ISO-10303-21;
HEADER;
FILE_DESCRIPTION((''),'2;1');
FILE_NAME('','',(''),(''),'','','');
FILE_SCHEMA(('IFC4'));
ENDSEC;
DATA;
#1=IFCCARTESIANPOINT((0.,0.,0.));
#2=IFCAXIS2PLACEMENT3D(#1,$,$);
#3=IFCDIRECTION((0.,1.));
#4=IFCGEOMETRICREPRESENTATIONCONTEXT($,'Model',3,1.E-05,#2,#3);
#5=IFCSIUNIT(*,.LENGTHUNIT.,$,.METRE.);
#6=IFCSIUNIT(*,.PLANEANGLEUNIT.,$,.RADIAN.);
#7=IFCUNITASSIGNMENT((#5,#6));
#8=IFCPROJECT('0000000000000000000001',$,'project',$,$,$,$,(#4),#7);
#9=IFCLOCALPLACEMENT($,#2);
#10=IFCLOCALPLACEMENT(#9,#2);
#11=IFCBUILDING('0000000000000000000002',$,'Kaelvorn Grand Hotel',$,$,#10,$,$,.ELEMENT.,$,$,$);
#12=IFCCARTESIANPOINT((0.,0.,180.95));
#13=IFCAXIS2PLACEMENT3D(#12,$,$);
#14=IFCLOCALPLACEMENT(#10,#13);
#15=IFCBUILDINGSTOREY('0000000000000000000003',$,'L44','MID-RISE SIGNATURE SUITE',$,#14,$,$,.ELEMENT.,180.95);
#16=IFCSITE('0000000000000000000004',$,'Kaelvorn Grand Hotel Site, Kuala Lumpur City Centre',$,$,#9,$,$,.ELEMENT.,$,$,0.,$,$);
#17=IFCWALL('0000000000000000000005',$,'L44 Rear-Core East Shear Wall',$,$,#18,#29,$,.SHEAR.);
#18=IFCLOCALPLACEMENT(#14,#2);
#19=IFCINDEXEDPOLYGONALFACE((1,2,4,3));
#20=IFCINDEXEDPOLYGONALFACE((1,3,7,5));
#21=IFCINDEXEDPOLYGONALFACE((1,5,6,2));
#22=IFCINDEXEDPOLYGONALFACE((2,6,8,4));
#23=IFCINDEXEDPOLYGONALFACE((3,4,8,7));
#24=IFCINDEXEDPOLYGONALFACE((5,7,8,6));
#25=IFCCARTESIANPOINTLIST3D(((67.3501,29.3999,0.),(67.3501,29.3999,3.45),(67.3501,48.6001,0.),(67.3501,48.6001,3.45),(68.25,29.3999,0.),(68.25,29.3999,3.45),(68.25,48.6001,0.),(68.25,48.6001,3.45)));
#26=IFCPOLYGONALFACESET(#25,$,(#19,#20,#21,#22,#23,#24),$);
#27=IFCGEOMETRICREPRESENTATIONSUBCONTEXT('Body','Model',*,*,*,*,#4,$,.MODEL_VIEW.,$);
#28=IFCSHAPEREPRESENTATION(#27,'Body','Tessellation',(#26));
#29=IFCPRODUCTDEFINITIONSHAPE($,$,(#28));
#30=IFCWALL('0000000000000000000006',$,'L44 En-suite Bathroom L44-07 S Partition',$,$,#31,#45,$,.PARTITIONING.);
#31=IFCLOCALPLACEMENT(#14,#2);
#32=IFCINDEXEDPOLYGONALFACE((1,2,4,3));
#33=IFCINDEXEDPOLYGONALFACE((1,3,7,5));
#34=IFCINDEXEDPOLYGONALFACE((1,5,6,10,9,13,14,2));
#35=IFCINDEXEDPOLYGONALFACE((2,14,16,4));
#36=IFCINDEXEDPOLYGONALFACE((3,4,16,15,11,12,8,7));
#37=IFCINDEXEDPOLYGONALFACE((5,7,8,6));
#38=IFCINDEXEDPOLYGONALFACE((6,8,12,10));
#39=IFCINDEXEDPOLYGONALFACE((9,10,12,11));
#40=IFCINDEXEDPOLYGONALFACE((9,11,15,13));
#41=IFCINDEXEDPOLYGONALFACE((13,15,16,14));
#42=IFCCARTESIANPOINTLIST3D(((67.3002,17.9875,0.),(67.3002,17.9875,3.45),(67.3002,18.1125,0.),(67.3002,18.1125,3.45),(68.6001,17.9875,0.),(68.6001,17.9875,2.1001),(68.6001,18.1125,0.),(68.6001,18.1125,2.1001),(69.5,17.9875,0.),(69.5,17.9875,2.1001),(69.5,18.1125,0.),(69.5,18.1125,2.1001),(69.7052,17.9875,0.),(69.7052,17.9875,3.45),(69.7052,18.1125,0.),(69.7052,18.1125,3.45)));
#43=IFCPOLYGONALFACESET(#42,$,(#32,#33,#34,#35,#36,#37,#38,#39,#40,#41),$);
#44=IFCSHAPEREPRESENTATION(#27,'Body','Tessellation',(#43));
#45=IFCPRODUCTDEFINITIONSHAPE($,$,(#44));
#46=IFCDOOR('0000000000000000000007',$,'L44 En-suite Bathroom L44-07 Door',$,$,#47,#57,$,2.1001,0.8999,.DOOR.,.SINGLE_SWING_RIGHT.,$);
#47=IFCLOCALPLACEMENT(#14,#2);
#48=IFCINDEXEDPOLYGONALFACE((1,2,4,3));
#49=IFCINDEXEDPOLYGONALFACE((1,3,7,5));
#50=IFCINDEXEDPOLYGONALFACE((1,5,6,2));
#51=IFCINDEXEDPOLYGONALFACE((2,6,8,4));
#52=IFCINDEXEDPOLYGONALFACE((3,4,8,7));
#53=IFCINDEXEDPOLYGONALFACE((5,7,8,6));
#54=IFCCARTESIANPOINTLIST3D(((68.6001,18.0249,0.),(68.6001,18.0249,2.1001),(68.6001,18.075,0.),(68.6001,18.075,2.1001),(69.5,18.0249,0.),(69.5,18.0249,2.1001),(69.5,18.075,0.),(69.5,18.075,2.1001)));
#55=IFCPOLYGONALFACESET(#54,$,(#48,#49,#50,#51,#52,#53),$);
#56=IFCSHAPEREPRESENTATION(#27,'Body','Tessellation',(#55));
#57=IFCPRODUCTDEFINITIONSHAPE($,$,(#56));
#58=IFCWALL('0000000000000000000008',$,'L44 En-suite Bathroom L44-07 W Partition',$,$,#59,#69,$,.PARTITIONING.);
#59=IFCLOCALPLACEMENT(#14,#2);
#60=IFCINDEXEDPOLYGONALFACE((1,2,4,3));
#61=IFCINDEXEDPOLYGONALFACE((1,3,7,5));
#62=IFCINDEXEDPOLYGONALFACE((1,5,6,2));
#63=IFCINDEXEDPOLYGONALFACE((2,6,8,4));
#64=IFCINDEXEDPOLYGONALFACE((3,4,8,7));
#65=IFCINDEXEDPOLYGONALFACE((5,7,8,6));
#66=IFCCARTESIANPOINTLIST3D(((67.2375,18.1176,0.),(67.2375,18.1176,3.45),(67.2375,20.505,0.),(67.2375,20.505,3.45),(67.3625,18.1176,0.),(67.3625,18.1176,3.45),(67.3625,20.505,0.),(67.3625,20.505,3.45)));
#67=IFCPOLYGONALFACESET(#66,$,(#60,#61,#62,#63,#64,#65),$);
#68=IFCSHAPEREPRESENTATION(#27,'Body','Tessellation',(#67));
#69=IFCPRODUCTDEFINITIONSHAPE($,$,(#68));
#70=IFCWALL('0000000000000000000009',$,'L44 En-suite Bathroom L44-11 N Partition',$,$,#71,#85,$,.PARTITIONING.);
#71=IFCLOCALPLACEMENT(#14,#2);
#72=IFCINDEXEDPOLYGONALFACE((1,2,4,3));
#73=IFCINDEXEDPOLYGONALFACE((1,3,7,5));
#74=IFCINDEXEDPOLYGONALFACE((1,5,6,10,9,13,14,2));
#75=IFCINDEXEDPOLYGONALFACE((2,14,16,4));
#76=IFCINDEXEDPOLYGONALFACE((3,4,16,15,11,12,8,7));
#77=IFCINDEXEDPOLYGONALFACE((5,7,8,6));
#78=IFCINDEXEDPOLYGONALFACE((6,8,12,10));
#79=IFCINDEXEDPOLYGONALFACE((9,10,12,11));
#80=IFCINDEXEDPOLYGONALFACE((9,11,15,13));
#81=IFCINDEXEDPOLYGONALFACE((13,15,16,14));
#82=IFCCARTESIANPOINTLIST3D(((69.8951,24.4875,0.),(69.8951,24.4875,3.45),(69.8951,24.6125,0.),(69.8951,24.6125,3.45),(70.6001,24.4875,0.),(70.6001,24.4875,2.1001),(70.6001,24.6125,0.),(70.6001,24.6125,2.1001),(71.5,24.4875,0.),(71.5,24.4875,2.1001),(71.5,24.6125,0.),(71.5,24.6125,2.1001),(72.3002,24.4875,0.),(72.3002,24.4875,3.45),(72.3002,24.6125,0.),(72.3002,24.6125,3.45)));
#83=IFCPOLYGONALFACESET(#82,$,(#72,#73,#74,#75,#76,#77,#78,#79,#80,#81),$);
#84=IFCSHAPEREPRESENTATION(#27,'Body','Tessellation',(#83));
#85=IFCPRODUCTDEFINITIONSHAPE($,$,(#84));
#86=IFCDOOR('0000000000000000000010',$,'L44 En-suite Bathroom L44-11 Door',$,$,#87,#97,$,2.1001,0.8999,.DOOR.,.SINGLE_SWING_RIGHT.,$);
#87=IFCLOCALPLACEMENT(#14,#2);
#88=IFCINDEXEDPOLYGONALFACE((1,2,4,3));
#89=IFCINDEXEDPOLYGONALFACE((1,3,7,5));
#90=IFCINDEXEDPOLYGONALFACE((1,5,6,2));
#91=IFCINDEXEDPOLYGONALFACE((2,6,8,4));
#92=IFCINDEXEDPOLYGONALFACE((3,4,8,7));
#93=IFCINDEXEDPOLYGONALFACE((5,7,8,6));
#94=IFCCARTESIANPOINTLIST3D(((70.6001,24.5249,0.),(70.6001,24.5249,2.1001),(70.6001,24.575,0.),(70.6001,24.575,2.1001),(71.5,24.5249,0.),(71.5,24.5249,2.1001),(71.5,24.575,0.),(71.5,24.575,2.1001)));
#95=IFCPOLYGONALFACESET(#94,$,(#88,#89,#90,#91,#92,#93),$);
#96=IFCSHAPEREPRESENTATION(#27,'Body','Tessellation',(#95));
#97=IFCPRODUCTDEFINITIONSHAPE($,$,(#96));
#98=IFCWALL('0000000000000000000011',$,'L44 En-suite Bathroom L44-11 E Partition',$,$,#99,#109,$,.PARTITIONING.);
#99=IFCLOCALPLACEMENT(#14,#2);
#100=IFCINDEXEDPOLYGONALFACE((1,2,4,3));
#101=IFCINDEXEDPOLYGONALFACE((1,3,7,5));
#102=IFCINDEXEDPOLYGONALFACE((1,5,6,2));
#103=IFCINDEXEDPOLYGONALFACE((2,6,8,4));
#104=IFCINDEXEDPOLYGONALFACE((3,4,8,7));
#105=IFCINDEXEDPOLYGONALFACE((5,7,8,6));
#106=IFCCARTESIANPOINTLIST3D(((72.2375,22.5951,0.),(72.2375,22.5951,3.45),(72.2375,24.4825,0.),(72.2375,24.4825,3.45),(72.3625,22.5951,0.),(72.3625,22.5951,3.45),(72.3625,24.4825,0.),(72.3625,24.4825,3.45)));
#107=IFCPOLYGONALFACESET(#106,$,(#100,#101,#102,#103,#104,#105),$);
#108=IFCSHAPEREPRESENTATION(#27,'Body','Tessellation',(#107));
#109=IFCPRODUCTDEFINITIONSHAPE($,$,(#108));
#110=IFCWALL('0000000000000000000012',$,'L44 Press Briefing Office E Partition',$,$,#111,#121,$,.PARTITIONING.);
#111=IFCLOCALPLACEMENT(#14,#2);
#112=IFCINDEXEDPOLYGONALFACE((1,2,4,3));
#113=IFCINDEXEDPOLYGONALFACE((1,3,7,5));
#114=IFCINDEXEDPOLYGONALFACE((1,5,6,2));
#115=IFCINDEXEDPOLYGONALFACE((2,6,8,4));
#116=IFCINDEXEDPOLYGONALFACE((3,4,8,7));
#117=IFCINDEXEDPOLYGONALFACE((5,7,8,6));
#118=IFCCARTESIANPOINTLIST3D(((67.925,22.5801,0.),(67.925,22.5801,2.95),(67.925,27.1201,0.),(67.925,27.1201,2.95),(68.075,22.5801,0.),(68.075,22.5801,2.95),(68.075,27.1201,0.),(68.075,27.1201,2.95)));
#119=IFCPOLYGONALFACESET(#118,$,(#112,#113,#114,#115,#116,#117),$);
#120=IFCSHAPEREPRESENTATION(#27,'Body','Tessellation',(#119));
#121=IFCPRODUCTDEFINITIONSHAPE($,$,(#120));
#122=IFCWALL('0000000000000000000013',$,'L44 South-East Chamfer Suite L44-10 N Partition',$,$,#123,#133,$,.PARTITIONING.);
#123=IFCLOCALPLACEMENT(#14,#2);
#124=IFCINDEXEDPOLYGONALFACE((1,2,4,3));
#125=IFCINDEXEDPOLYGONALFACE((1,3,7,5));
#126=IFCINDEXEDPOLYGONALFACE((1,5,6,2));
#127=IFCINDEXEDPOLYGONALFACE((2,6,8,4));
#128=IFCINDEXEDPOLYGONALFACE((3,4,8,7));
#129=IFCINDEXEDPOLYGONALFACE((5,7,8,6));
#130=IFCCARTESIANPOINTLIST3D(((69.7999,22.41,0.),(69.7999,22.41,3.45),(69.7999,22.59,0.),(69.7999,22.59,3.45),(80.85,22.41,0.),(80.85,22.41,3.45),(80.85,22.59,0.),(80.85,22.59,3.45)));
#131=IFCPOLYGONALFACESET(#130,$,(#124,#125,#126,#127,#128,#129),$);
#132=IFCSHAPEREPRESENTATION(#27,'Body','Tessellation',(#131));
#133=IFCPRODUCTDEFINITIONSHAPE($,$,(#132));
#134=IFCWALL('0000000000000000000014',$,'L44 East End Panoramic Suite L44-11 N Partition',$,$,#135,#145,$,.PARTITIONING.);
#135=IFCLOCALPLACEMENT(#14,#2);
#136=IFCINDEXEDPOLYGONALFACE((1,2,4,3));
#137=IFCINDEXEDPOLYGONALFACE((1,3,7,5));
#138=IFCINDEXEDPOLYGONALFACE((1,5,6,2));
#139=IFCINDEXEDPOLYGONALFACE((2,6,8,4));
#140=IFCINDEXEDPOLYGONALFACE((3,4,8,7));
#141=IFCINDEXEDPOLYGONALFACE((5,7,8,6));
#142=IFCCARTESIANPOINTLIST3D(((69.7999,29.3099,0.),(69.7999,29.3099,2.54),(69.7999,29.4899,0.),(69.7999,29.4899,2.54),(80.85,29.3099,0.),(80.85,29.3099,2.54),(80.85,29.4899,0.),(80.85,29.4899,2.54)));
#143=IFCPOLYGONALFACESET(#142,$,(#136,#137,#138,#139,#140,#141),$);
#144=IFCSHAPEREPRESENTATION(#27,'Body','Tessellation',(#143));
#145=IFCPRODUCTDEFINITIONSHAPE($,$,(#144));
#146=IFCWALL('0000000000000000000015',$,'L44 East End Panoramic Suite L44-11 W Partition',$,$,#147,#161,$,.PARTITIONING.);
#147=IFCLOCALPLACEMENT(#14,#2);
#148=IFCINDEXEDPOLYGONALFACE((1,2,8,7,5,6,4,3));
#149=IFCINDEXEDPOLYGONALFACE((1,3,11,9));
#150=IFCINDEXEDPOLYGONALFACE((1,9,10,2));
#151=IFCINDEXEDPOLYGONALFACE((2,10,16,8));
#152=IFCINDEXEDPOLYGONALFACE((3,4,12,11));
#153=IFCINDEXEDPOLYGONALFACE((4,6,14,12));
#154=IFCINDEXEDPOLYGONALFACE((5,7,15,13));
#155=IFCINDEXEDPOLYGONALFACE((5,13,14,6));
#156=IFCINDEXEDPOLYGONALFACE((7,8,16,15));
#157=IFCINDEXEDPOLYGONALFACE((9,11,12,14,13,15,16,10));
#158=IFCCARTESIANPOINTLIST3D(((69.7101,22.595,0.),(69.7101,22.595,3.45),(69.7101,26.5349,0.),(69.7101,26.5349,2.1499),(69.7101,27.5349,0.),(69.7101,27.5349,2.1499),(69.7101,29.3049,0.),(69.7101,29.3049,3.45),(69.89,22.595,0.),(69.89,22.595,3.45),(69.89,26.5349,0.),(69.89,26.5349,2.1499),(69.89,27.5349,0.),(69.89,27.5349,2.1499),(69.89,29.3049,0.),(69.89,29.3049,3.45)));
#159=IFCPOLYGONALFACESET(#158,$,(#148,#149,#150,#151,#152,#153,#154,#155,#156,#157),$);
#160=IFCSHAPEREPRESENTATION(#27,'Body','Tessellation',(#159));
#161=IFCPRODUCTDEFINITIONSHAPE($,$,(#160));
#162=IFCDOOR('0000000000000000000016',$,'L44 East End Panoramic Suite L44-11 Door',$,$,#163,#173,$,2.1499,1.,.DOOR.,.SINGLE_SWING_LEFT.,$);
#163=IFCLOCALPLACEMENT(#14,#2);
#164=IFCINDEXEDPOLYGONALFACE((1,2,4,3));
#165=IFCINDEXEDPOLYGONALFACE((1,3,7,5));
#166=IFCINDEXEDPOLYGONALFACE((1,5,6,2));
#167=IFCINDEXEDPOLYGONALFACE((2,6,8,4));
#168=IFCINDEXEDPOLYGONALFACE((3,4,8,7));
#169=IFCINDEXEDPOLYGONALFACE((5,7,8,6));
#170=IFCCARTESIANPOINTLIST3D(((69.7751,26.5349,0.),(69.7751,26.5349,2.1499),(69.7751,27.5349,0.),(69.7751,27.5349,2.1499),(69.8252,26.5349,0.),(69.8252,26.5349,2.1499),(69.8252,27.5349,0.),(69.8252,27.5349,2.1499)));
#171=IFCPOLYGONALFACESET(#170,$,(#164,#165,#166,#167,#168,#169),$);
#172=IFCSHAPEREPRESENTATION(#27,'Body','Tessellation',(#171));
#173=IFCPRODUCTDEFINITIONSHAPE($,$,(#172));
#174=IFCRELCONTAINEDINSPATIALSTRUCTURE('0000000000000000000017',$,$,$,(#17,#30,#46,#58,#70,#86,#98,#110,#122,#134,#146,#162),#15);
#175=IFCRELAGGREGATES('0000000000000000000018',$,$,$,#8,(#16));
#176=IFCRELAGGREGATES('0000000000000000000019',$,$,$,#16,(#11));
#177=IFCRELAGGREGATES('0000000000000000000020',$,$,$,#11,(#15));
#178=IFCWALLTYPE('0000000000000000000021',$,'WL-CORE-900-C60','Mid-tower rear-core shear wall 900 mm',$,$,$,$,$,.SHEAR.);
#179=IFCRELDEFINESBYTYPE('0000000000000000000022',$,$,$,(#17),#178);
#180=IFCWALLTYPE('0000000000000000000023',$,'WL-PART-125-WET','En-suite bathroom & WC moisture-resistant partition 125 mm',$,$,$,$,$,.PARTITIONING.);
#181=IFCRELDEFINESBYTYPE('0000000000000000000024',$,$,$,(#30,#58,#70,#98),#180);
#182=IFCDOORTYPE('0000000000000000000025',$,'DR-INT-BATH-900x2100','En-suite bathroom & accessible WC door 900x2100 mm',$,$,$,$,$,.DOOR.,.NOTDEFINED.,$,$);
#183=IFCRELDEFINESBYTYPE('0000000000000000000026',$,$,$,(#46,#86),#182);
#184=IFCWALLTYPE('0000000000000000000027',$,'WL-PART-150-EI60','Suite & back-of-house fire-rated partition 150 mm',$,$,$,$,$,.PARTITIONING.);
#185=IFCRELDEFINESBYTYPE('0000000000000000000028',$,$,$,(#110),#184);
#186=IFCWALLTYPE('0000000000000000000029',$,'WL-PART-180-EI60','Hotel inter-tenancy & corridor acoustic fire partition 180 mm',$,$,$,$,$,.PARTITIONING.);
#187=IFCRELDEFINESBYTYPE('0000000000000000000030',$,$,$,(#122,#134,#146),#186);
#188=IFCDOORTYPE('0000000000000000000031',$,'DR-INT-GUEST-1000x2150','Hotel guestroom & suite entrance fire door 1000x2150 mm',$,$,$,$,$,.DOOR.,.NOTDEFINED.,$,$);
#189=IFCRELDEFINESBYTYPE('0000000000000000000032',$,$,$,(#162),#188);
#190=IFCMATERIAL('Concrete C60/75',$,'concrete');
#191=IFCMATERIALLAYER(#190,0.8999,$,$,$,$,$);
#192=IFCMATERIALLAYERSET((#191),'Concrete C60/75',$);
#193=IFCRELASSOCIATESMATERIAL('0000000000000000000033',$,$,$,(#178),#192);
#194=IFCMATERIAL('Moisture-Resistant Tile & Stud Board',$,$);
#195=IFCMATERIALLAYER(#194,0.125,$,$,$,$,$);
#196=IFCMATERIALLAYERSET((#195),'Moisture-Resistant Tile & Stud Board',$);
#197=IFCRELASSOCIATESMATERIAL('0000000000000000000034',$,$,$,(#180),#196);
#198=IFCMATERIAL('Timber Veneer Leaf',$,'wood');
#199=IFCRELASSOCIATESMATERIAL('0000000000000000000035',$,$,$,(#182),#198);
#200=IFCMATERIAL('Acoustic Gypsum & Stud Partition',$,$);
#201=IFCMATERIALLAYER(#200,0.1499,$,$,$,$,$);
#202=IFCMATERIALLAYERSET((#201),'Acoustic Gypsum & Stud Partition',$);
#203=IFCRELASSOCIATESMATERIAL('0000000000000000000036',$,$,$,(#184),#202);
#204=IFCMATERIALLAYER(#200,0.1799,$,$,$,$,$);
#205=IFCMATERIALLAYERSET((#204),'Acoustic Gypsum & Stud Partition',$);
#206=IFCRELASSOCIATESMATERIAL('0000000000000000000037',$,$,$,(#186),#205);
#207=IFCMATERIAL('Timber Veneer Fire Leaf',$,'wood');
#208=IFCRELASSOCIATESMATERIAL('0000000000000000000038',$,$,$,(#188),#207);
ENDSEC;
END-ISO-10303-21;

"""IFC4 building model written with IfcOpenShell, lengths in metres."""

from ifc_helpers import new_model, si_unit, direction, frame, frame_2d, origin, place, context, subcontext, project, spatial, rectangle, extrude, material, layer, layer_set, type_object, element, fill, save


model = new_model("IFC4")

# Units and contexts
model_context = context("Model", 3, precision=1e-05, world=origin(), true_north=direction((0.0, 1.0)))
body_context = subcontext(model_context, "Body", "Model", "MODEL_VIEW")
ifc_project = project(units=[si_unit("LENGTHUNIT", "METRE"), si_unit("PLANEANGLEUNIT", "RADIAN")], contexts=[model_context])

# Site, building, storey
site_placement = place(None, origin())
site = spatial("IfcSite", under=ifc_project, at=site_placement, Name="Kaelvorn Grand Hotel Site, Kuala Lumpur City Centre", CompositionType="ELEMENT", RefElevation=0.0)
building_placement = place(site_placement, origin())
building = spatial("IfcBuilding", under=site, at=building_placement, Name="Kaelvorn Grand Hotel", CompositionType="ELEMENT")
storey_placement = place(building_placement, frame((0.0, 0.0, 180.95)))
storey = spatial("IfcBuildingStorey", under=building, at=storey_placement, Name="L44", Description="MID-RISE SIGNATURE SUITE", CompositionType="ELEMENT", Elevation=180.95)

# Shared definitions
ifc_material_1 = material(Name="Concrete C60/75", Category="concrete")

# Wall
ifc_layer_1 = layer(ifc_material_1, 0.8999)
ifc_layer_set_1 = layer_set([ifc_layer_1], Name="Concrete C60/75")
wall_type_1 = type_object("IfcWallType", Name="WL-CORE-900-C60", Description="Mid-tower rear-core shear wall 900 mm", PredefinedType="SHEAR", material=ifc_layer_set_1)
wall_1_placement = place(storey_placement, frame((67.8, 29.3999, 0.0), z_axis=(0.0, 0.0, 1.0), x_axis=(0.0, 1.0, 0.0)))
element("IfcWall", 1, at=wall_1_placement, inside=storey, type_object=wall_type_1, Name="L44 Rear-Core East Shear Wall", PredefinedType="SHEAR", context=body_context, shape_type="SweptSolid", body=[
    extrude(rectangle(XDim=19.2002, YDim=0.8999, at=frame_2d((9.6001, 0.0))), origin(), (0.0, 0.0, 1.0), 3.45),
])

# Wall, opening, door
ifc_material_2 = material(Name="Moisture-Resistant Tile & Stud Board")
ifc_layer_2 = layer(ifc_material_2, 0.125)
ifc_layer_set_2 = layer_set([ifc_layer_2], Name="Moisture-Resistant Tile & Stud Board")
wall_type_2 = type_object("IfcWallType", Name="WL-PART-125-WET", Description="En-suite bathroom & WC moisture-resistant partition 125 mm", PredefinedType="PARTITIONING", material=ifc_layer_set_2)
wall_2_placement = place(storey_placement, frame((67.3, 18.05, 0.0), z_axis=(0.0, 0.0, 1.0), x_axis=(1.0, 0.0, 0.0)))
wall_2 = element("IfcWall", 2, at=wall_2_placement, inside=storey, type_object=wall_type_2, Name="L44 En-suite Bathroom L44-07 S Partition", PredefinedType="PARTITIONING", context=body_context, shape_type="SweptSolid", body=[
    extrude(rectangle(XDim=2.405, YDim=0.125, at=frame_2d((1.2026, 0.0))), origin(), (0.0, 0.0, 1.0), 3.45),
])
opening_1_placement = place(wall_2_placement, frame((1.3, 0.0, 0.0)))
opening_1 = element("IfcOpeningElement", 3, at=opening_1_placement, cuts=wall_2, PredefinedType="OPENING", context=body_context, shape_type="SweptSolid", body=[
    extrude(rectangle(XDim=0.8999, YDim=2.1001, at=frame_2d((0.45, 1.05))), frame((0.0, 0.0725, 0.0), z_axis=(0.0, -1.0, 0.0), x_axis=(1.0, 0.0, 0.0)), (0.0, 0.0, 1.0), 0.145),
])
ifc_material_3 = material(Name="Timber Veneer Leaf", Category="wood")
door_type_1 = type_object("IfcDoorType", Name="DR-INT-BATH-900x2100", Description="En-suite bathroom & accessible WC door 900x2100 mm", OperationType="NOTDEFINED", PredefinedType="DOOR", material=ifc_material_3)
door_1_placement = place(opening_1_placement, origin())
door_1 = element("IfcDoor", 4, at=door_1_placement, inside=storey, type_object=door_type_1, Name="L44 En-suite Bathroom L44-07 Door", OperationType="SINGLE_SWING_RIGHT", OverallHeight=2.1001, OverallWidth=0.8999, PredefinedType="DOOR", context=body_context, shape_type="SweptSolid", body=[
    extrude(rectangle(XDim=0.8999, YDim=2.1001, at=frame_2d((0.45, 1.05))), frame((0.0, 0.0249, 0.0), z_axis=(0.0, -1.0, 0.0), x_axis=(1.0, 0.0, 0.0)), (0.0, 0.0, 1.0), 0.05),
])
fill(opening_1, door_1)

# Wall
wall_3_placement = place(storey_placement, frame((67.3, 18.1174, 0.0), z_axis=(0.0, 0.0, 1.0), x_axis=(0.0, 1.0, 0.0)))
element("IfcWall", 5, at=wall_3_placement, inside=storey, type_object=wall_type_2, Name="L44 En-suite Bathroom L44-07 W Partition", PredefinedType="PARTITIONING", context=body_context, shape_type="SweptSolid", body=[
    extrude(rectangle(XDim=2.3875, YDim=0.125, at=frame_2d((1.1938, 0.0))), origin(), (0.0, 0.0, 1.0), 3.45),
])

# Wall, opening, door
wall_4_placement = place(storey_placement, frame((69.895, 24.55, 0.0), z_axis=(0.0, 0.0, 1.0), x_axis=(1.0, 0.0, 0.0)))
wall_4 = element("IfcWall", 6, at=wall_4_placement, inside=storey, type_object=wall_type_2, Name="L44 En-suite Bathroom L44-11 N Partition", PredefinedType="PARTITIONING", context=body_context, shape_type="SweptSolid", body=[
    extrude(rectangle(XDim=2.405, YDim=0.125, at=frame_2d((1.2026, 0.0))), origin(), (0.0, 0.0, 1.0), 3.45),
])
opening_2_placement = place(wall_4_placement, frame((0.7051, 0.0, 0.0)))
opening_2 = element("IfcOpeningElement", 7, at=opening_2_placement, cuts=wall_4, PredefinedType="OPENING", context=body_context, shape_type="SweptSolid", body=[
    extrude(rectangle(XDim=0.8999, YDim=2.1001, at=frame_2d((0.45, 1.05))), frame((0.0, 0.0725, 0.0), z_axis=(0.0, -1.0, 0.0), x_axis=(1.0, 0.0, 0.0)), (0.0, 0.0, 1.0), 0.145),
])
door_2_placement = place(opening_2_placement, origin())
door_2 = element("IfcDoor", 8, at=door_2_placement, inside=storey, type_object=door_type_1, Name="L44 En-suite Bathroom L44-11 Door", OperationType="SINGLE_SWING_RIGHT", OverallHeight=2.1001, OverallWidth=0.8999, PredefinedType="DOOR", context=body_context, shape_type="SweptSolid", body=[
    extrude(rectangle(XDim=0.8999, YDim=2.1001, at=frame_2d((0.45, 1.05))), frame((0.0, 0.0249, 0.0), z_axis=(0.0, -1.0, 0.0), x_axis=(1.0, 0.0, 0.0)), (0.0, 0.0, 1.0), 0.05),
])
fill(opening_2, door_2)

# Walls
wall_5_placement = place(storey_placement, frame((72.3, 22.595, 0.0), z_axis=(0.0, 0.0, 1.0), x_axis=(0.0, 1.0, 0.0)))
element("IfcWall", 9, at=wall_5_placement, inside=storey, type_object=wall_type_2, Name="L44 En-suite Bathroom L44-11 E Partition", PredefinedType="PARTITIONING", context=body_context, shape_type="SweptSolid", body=[
    extrude(rectangle(XDim=1.8875, YDim=0.125, at=frame_2d((0.9438, 0.0))), origin(), (0.0, 0.0, 1.0), 3.45),
])
ifc_material_4 = material(Name="Acoustic Gypsum & Stud Partition")
ifc_layer_3 = layer(ifc_material_4, 0.1499)
ifc_layer_set_3 = layer_set([ifc_layer_3], Name="Acoustic Gypsum & Stud Partition")
wall_type_3 = type_object("IfcWallType", Name="WL-PART-150-EI60", Description="Suite & back-of-house fire-rated partition 150 mm", PredefinedType="PARTITIONING", material=ifc_layer_set_3)
wall_6_placement = place(storey_placement, frame((68.0, 22.5801, 0.0), z_axis=(0.0, 0.0, 1.0), x_axis=(0.0, 1.0, 0.0)))
element("IfcWall", 10, at=wall_6_placement, inside=storey, type_object=wall_type_3, Name="L44 Press Briefing Office E Partition", PredefinedType="PARTITIONING", context=body_context, shape_type="SweptSolid", body=[
    extrude(rectangle(XDim=4.54, YDim=0.1499, at=frame_2d((2.27, 0.0))), origin(), (0.0, 0.0, 1.0), 2.95),
])
ifc_layer_4 = layer(ifc_material_4, 0.1799)
ifc_layer_set_4 = layer_set([ifc_layer_4], Name="Acoustic Gypsum & Stud Partition")
wall_type_4 = type_object("IfcWallType", Name="WL-PART-180-EI60", Description="Hotel inter-tenancy & corridor acoustic fire partition 180 mm", PredefinedType="PARTITIONING", material=ifc_layer_set_4)
wall_7_placement = place(storey_placement, frame((69.8, 22.5, 0.0), z_axis=(0.0, 0.0, 1.0), x_axis=(1.0, 0.0, 0.0)))
element("IfcWall", 11, at=wall_7_placement, inside=storey, type_object=wall_type_4, Name="L44 South-East Chamfer Suite L44-10 N Partition", PredefinedType="PARTITIONING", context=body_context, shape_type="SweptSolid", body=[
    extrude(rectangle(XDim=11.05, YDim=0.1799, at=frame_2d((5.5249, 0.0))), origin(), (0.0, 0.0, 1.0), 3.45),
])

# Shared definitions
ifc_material_5 = material(Name="Timber Veneer Fire Leaf", Category="wood")
door_type_2 = type_object("IfcDoorType", Name="DR-INT-GUEST-1000x2150", Description="Hotel guestroom & suite entrance fire door 1000x2150 mm", OperationType="NOTDEFINED", PredefinedType="DOOR", material=ifc_material_5)

# Wall
wall_8_placement = place(storey_placement, frame((69.8, 29.3999, 0.0), z_axis=(0.0, 0.0, 1.0), x_axis=(1.0, 0.0, 0.0)))
element("IfcWall", 12, at=wall_8_placement, inside=storey, type_object=wall_type_4, Name="L44 East End Panoramic Suite L44-11 N Partition", PredefinedType="PARTITIONING", context=body_context, shape_type="SweptSolid", body=[
    extrude(rectangle(XDim=11.05, YDim=0.1799, at=frame_2d((5.5249, 0.0))), origin(), (0.0, 0.0, 1.0), 2.54),
])

# Wall, opening, door
wall_9_placement = place(storey_placement, frame((69.8, 22.595, 0.0), z_axis=(0.0, 0.0, 1.0), x_axis=(0.0, 1.0, 0.0)))
wall_9 = element("IfcWall", 13, at=wall_9_placement, inside=storey, type_object=wall_type_4, Name="L44 East End Panoramic Suite L44-11 W Partition", PredefinedType="PARTITIONING", context=body_context, shape_type="SweptSolid", body=[
    extrude(rectangle(XDim=6.71, YDim=0.1799, at=frame_2d((3.355, 0.0))), origin(), (0.0, 0.0, 1.0), 3.45),
])
opening_3_placement = place(wall_9_placement, frame((3.9399, 0.0, 0.0)))
opening_3 = element("IfcOpeningElement", 14, at=opening_3_placement, cuts=wall_9, PredefinedType="OPENING", context=body_context, shape_type="SweptSolid", body=[
    extrude(rectangle(XDim=1.0, YDim=2.1499, at=frame_2d((0.5, 1.075))), frame((0.0, 0.1001, 0.0), z_axis=(0.0, -1.0, 0.0), x_axis=(1.0, 0.0, 0.0)), (0.0, 0.0, 1.0), 0.2),
])
door_3_placement = place(opening_3_placement, origin())
door_3 = element("IfcDoor", 15, at=door_3_placement, inside=storey, type_object=door_type_2, Name="L44 East End Panoramic Suite L44-11 Door", OperationType="SINGLE_SWING_LEFT", OverallHeight=2.1499, OverallWidth=1.0, PredefinedType="DOOR", context=body_context, shape_type="SweptSolid", body=[
    extrude(rectangle(XDim=1.0, YDim=2.1499, at=frame_2d((0.5, 1.075))), frame((0.0, 0.0249, 0.0), z_axis=(0.0, -1.0, 0.0), x_axis=(1.0, 0.0, 0.0)), (0.0, 0.0, 1.0), 0.05),
])
fill(opening_3, door_3)

save(model, "model.ifc")
